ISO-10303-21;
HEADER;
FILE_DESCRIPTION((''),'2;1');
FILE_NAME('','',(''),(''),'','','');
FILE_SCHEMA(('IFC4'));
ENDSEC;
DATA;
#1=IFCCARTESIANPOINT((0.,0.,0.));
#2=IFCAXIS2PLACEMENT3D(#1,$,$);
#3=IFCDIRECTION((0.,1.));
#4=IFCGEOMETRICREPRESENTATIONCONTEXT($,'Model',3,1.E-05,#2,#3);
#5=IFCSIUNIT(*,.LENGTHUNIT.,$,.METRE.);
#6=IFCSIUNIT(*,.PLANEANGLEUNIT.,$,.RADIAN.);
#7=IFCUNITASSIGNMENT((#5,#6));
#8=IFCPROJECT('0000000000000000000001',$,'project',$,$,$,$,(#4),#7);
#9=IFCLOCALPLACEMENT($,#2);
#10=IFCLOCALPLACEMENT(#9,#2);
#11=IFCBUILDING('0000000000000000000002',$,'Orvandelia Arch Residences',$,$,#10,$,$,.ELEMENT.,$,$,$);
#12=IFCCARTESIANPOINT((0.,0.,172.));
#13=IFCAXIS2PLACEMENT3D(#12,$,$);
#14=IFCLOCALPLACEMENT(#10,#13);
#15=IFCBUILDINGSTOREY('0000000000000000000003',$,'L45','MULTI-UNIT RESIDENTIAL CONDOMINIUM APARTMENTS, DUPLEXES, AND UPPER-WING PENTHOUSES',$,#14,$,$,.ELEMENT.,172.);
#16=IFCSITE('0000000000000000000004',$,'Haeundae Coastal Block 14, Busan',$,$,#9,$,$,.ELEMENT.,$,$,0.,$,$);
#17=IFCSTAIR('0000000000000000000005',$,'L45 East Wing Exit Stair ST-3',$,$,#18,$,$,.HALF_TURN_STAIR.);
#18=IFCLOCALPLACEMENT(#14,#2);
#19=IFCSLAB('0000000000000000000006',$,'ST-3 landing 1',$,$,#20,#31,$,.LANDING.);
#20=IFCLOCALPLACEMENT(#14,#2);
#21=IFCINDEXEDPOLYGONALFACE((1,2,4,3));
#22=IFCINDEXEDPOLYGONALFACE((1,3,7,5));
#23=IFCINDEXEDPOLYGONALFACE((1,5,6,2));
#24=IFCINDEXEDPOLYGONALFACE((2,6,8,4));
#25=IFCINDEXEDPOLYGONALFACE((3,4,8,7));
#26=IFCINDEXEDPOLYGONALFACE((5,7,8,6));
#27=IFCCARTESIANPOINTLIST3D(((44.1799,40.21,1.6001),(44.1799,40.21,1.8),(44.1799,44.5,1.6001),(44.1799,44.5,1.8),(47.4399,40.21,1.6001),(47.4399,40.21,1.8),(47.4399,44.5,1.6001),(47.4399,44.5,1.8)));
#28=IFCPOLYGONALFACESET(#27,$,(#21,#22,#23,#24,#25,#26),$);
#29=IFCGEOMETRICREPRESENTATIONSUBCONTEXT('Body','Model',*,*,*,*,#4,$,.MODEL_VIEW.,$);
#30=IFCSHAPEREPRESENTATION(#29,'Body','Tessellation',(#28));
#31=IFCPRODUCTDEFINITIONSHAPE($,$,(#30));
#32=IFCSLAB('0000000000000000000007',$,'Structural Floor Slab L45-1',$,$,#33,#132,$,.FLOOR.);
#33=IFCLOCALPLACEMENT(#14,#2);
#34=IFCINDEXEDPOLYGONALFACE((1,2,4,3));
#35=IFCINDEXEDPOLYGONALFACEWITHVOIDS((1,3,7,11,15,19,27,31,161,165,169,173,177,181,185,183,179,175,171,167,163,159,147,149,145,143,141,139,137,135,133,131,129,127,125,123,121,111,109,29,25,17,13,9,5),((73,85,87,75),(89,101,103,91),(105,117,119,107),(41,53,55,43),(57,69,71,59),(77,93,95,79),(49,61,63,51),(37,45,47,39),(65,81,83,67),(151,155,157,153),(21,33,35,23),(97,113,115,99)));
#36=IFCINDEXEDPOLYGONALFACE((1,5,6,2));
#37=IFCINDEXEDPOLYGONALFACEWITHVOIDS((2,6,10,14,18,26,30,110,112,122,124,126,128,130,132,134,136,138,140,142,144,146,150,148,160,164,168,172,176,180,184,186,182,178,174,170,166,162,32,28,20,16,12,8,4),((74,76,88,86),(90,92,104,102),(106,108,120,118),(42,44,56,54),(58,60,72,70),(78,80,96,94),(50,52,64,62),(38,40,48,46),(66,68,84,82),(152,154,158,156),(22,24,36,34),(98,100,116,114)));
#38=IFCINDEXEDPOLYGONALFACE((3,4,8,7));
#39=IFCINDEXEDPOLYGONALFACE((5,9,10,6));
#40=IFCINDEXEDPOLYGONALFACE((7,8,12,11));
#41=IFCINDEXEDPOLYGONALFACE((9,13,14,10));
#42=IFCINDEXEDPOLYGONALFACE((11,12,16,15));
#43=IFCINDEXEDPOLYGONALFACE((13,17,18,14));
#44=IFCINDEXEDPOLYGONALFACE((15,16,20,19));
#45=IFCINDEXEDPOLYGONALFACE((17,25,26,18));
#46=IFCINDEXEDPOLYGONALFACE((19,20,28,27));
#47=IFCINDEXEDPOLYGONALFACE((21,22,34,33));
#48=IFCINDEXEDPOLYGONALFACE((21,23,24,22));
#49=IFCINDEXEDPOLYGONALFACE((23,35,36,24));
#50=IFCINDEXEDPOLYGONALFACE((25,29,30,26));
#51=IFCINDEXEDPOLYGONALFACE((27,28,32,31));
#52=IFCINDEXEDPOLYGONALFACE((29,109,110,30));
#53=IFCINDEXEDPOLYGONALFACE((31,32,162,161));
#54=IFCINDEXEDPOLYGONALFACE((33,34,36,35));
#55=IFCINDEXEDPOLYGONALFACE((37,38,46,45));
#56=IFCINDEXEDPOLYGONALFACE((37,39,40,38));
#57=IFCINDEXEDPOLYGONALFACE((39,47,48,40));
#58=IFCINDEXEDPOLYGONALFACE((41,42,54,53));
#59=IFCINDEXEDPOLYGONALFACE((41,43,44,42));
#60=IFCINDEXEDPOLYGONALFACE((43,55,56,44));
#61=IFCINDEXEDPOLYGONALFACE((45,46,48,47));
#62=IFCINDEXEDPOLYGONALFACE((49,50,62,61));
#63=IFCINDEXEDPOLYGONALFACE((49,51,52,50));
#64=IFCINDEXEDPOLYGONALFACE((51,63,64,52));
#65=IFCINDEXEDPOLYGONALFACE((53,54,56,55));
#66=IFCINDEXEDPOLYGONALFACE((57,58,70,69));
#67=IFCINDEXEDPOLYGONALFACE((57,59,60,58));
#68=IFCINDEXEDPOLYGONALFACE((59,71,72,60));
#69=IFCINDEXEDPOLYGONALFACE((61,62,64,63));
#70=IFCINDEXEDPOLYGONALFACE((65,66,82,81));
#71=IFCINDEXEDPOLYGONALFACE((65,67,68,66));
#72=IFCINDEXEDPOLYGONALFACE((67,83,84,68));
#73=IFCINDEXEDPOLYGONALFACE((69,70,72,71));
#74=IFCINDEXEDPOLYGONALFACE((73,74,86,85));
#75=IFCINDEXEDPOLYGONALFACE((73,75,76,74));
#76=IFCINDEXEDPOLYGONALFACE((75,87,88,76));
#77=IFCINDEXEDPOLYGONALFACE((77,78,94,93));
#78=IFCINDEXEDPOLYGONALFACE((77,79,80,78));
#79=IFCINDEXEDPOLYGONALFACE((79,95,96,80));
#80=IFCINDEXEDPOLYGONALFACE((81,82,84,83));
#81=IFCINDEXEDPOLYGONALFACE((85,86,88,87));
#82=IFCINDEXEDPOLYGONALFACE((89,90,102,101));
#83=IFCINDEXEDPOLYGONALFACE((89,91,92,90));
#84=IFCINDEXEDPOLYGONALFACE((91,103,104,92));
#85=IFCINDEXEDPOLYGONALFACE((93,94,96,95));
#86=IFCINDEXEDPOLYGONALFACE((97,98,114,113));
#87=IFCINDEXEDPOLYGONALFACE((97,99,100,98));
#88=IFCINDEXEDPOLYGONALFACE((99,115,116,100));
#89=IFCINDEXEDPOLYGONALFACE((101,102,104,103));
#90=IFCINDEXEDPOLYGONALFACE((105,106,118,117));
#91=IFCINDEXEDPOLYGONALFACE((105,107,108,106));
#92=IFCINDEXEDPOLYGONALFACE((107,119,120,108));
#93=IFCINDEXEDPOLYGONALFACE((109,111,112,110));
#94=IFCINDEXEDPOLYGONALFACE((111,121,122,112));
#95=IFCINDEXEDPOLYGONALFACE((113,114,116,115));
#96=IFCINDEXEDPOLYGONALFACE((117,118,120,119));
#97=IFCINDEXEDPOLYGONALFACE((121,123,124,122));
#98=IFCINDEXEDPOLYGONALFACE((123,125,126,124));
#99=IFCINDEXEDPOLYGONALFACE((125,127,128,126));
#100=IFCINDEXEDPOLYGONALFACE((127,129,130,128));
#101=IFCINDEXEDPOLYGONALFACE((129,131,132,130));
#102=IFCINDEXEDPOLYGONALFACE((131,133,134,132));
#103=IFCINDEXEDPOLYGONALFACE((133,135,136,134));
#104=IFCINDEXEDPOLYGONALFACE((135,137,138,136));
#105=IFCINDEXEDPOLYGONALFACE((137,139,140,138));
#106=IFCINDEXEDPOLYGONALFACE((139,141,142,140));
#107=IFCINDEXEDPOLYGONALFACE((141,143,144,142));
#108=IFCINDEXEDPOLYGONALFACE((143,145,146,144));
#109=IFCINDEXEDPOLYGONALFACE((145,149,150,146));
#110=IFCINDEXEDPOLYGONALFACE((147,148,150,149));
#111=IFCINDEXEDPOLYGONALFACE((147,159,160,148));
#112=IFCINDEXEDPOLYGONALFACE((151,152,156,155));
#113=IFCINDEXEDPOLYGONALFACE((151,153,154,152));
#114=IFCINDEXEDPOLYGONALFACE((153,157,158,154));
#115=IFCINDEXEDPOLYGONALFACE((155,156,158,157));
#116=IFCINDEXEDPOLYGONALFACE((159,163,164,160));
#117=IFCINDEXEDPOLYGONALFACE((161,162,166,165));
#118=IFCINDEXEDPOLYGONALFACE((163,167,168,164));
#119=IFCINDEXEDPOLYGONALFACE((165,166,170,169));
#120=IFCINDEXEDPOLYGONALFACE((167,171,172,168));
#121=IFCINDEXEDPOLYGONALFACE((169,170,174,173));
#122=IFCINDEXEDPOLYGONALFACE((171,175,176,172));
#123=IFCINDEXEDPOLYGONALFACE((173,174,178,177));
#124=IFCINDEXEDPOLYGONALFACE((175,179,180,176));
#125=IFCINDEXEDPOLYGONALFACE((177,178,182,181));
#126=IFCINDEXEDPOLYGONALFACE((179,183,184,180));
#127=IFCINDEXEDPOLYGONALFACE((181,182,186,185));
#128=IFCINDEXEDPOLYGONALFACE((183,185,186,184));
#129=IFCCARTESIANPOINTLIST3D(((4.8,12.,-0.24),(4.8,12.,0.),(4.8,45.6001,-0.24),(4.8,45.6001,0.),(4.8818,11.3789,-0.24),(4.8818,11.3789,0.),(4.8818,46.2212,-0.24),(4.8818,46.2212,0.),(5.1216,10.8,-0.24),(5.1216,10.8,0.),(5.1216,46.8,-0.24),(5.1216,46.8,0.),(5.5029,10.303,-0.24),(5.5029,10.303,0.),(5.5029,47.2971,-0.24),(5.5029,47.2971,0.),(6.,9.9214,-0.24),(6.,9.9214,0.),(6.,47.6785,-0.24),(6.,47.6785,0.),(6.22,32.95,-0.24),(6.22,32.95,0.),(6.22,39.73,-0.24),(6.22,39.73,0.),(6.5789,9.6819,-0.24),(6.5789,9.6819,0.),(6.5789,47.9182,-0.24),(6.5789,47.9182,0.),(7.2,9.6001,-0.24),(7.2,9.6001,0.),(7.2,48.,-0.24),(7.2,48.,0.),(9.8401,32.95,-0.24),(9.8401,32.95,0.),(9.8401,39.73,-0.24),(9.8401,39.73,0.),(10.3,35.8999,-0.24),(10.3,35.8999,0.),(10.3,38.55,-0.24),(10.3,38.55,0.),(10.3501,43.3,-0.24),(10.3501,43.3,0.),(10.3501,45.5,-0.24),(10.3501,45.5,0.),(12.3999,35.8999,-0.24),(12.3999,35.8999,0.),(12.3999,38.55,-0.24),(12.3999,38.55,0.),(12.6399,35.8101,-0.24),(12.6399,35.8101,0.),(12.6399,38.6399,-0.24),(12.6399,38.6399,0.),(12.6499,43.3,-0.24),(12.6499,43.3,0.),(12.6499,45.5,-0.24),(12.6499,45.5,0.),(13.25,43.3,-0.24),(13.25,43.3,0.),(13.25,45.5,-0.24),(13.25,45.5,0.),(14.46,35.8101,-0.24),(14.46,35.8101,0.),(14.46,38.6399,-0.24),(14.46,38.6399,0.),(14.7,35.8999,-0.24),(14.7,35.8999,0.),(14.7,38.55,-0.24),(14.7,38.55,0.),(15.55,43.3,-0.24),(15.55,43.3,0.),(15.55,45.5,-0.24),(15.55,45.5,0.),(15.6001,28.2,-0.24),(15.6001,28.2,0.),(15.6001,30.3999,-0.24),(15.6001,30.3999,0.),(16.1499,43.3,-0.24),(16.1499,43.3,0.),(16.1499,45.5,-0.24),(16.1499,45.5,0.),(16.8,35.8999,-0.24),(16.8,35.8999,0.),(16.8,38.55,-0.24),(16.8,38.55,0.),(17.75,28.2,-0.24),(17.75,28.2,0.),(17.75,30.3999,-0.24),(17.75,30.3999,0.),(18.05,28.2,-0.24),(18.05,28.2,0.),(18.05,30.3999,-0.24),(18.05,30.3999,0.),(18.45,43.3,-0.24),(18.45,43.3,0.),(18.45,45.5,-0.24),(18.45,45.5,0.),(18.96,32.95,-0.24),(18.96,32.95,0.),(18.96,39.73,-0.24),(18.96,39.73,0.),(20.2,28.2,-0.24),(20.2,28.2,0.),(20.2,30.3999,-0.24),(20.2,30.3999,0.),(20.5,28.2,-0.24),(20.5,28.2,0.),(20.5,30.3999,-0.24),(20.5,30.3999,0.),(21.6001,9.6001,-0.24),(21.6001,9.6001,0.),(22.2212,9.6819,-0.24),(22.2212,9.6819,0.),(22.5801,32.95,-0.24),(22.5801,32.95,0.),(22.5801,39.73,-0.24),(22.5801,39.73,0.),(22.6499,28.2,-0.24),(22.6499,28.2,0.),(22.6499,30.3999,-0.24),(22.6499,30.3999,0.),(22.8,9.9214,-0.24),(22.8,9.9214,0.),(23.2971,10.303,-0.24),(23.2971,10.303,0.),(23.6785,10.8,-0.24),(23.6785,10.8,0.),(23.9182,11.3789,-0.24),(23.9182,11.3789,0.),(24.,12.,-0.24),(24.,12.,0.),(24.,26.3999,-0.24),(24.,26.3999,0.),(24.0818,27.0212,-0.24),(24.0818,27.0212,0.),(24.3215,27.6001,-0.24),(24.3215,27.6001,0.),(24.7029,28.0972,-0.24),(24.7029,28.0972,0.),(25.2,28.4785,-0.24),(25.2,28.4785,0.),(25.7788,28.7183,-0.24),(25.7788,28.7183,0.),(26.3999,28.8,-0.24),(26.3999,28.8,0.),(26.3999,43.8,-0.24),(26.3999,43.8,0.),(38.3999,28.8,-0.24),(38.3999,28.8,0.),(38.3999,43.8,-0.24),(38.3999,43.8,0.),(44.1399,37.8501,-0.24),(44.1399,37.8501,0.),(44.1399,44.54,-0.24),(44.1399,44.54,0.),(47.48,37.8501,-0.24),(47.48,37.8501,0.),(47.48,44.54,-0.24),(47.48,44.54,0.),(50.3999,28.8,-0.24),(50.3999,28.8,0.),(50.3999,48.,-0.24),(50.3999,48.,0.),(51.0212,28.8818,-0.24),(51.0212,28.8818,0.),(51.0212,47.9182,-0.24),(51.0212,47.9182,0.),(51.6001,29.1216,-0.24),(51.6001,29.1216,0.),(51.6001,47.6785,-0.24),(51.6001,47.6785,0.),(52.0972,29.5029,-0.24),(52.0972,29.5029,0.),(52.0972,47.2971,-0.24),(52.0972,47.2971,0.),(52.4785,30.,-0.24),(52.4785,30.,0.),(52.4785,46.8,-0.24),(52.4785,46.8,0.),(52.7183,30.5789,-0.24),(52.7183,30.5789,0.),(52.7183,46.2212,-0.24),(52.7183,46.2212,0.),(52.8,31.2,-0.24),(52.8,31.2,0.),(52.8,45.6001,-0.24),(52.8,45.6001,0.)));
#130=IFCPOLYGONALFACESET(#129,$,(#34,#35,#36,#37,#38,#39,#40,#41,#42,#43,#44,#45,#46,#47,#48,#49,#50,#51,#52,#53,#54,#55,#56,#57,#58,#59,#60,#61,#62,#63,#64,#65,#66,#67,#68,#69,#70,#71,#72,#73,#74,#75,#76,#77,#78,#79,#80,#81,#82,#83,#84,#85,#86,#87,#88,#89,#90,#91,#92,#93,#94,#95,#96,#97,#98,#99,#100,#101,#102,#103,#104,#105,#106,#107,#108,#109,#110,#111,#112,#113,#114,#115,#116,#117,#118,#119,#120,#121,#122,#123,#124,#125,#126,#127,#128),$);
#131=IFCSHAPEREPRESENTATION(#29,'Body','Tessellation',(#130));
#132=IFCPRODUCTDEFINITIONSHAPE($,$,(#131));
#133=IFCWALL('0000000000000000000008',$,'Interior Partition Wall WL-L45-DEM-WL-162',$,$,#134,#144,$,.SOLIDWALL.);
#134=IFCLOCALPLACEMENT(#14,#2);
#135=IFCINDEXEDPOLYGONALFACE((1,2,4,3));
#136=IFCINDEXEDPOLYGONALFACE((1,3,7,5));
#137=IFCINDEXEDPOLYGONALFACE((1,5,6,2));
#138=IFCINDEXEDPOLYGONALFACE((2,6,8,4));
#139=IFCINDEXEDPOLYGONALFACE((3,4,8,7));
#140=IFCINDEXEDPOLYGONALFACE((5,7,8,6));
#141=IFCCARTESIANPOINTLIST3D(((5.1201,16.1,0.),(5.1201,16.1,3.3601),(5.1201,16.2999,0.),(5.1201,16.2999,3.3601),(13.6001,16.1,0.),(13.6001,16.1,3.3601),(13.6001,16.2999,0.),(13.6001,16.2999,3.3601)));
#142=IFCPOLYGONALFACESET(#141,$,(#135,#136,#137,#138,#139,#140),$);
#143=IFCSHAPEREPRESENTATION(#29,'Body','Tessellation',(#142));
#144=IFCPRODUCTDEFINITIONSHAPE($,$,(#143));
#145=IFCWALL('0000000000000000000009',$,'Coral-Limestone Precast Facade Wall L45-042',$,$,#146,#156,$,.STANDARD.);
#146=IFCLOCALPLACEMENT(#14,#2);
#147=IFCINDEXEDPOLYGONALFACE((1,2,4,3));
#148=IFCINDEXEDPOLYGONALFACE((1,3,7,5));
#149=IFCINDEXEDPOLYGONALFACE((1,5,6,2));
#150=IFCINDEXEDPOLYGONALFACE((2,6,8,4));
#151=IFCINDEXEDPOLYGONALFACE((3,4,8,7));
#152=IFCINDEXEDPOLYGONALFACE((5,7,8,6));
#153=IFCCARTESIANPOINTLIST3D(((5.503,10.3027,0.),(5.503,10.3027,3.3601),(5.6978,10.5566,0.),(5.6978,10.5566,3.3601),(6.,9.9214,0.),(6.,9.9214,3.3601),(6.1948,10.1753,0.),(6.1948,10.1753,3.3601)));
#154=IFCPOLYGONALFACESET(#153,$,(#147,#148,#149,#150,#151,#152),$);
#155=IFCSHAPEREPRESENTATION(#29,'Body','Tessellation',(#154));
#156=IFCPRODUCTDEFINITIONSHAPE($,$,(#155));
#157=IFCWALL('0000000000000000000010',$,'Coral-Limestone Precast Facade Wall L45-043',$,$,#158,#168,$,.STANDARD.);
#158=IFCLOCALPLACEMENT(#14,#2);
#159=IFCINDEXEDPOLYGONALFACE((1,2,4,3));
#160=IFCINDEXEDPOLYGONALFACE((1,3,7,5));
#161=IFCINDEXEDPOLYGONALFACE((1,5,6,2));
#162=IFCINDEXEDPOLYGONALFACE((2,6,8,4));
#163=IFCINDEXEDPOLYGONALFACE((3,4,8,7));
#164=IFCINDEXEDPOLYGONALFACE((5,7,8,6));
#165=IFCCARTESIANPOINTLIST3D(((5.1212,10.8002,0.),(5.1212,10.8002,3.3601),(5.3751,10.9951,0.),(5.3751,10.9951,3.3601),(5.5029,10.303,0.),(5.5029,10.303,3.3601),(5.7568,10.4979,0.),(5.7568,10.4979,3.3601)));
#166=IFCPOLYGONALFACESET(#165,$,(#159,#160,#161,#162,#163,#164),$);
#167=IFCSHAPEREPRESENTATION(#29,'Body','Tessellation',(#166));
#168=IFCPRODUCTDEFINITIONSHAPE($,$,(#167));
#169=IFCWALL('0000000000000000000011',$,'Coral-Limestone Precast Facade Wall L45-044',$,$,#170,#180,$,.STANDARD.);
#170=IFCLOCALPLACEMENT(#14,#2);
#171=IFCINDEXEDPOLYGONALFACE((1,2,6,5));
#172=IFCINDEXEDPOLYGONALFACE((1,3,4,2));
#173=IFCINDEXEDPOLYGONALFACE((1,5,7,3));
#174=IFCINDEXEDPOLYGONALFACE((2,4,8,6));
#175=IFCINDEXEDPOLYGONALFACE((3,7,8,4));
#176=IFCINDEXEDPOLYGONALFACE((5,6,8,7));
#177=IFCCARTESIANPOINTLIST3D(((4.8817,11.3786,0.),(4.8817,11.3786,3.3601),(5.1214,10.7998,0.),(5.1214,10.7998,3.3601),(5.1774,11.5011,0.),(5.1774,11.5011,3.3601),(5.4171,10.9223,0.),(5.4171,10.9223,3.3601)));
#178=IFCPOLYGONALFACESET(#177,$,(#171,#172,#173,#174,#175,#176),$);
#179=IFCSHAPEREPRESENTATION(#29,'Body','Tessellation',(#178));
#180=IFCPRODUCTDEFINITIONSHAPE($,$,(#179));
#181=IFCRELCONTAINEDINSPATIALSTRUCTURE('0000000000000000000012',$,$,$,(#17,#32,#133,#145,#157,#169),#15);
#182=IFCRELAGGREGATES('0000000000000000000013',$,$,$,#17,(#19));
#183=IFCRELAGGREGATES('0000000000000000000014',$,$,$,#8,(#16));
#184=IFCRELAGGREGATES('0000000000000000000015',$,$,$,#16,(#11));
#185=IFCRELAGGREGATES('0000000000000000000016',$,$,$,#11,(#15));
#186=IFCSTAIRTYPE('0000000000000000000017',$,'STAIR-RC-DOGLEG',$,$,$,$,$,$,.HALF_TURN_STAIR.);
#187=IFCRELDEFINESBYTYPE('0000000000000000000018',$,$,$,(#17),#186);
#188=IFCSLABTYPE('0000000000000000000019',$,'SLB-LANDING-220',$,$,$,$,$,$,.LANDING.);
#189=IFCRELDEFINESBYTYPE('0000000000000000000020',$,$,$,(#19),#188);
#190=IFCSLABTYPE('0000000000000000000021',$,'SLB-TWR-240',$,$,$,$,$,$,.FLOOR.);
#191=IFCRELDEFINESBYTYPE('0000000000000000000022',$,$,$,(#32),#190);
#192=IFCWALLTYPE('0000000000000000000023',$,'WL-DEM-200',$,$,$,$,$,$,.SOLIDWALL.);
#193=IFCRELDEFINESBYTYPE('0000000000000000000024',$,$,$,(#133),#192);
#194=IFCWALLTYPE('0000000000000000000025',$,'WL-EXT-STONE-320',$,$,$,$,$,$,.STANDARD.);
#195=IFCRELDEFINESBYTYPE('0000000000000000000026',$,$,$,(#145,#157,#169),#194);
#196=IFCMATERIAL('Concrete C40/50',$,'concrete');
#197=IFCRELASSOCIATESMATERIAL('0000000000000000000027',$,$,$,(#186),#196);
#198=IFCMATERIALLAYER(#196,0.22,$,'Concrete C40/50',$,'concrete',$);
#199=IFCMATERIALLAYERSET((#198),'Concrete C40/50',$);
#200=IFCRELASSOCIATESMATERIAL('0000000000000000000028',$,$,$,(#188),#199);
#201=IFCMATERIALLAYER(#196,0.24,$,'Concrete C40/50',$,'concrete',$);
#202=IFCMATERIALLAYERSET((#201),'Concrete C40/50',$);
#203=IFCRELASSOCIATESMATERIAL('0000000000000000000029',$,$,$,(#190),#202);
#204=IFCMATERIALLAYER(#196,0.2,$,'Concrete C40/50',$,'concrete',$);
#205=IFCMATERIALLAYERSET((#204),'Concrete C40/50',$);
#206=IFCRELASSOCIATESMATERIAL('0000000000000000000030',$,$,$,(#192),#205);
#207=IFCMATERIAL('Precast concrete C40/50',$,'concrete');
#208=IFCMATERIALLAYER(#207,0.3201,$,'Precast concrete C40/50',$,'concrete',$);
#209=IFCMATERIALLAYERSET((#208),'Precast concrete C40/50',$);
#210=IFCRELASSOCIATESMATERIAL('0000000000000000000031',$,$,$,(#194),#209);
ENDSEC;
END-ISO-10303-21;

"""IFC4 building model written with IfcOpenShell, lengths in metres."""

from ifc_helpers import new_model, si_unit, direction, frame, frame_2d, origin, place, context, subcontext, project, spatial, polyline, rectangle, outline, extrude, material, layer, layer_set, type_object, element, aggregate, save


model = new_model("IFC4")

# Units and contexts
model_context = context("Model", 3, precision=1e-05, world=origin(), true_north=direction((0.0, 1.0)))
body_context = subcontext(model_context, "Body", "Model", "MODEL_VIEW")
ifc_project = project(units=[si_unit("LENGTHUNIT", "METRE"), si_unit("PLANEANGLEUNIT", "RADIAN")], contexts=[model_context])

# Site, building, storey
site_placement = place(None, origin())
site = spatial("IfcSite", under=ifc_project, at=site_placement, Name="Haeundae Coastal Block 14, Busan", CompositionType="ELEMENT", RefElevation=0.0)
building_placement = place(site_placement, origin())
building = spatial("IfcBuilding", under=site, at=building_placement, Name="Orvandelia Arch Residences", CompositionType="ELEMENT")
storey_placement = place(building_placement, frame((0.0, 0.0, 172.0)))
storey = spatial("IfcBuildingStorey", under=building, at=storey_placement, Name="L45", Description="MULTI-UNIT RESIDENTIAL CONDOMINIUM APARTMENTS, DUPLEXES, AND UPPER-WING PENTHOUSES", CompositionType="ELEMENT", Elevation=172.0)

# Shared definitions
ifc_material_1 = material(Name="Precast concrete C40/50", Category="concrete")

# Stair, slab
ifc_material_2 = material(Name="Concrete C40/50", Category="concrete")
stair_type = type_object("IfcStairType", Name="STAIR-RC-DOGLEG", PredefinedType="HALF_TURN_STAIR", material=ifc_material_2)
ifc_layer_1 = layer(ifc_material_2, 0.22, Name="Concrete C40/50", Category="concrete")
ifc_layer_set_1 = layer_set([ifc_layer_1], Name="Concrete C40/50")
slab_type_1 = type_object("IfcSlabType", Name="SLB-LANDING-220", PredefinedType="LANDING", material=ifc_layer_set_1)
stair_1_placement = place(storey_placement, origin())
stair_1 = element("IfcStair", 1, at=stair_1_placement, inside=storey, type_object=stair_type, Name="L45 East Wing Exit Stair ST-3", PredefinedType="HALF_TURN_STAIR")
slab_1_placement = place(storey_placement, frame((0.0, 0.0, 1.6001)))
slab_1 = element("IfcSlab", 2, at=slab_1_placement, type_object=slab_type_1, Name="ST-3 landing 1", PredefinedType="LANDING", context=body_context, shape_type="SweptSolid", body=[
    extrude(outline(polyline([(47.4399, 40.21), (47.4399, 44.5), (44.1799, 44.5), (44.1799, 40.21), (47.4399, 40.21)])), origin(), (0.0, 0.0, 1.0), 0.2),
])
aggregate(stair_1, [slab_1])

# Slab
ifc_layer_2 = layer(ifc_material_2, 0.24, Name="Concrete C40/50", Category="concrete")
ifc_layer_set_2 = layer_set([ifc_layer_2], Name="Concrete C40/50")
slab_type_2 = type_object("IfcSlabType", Name="SLB-TWR-240", PredefinedType="FLOOR", material=ifc_layer_set_2)
slab_2_placement = place(storey_placement, frame((0.0, 0.0, -0.24)))
element("IfcSlab", 3, at=slab_2_placement, inside=storey, type_object=slab_type_2, Name="Structural Floor Slab L45-1", PredefinedType="FLOOR", context=body_context, shape_type="SweptSolid", body=[
    extrude(outline(polyline([(4.8, 12.0), (4.8818, 11.3789), (5.1216, 10.8), (5.5029, 10.303), (6.0, 9.9214), (6.5789, 9.6819), (7.2, 9.6001), (21.6001, 9.6001), (22.2212, 9.6819), (22.8, 9.9214), (23.2971, 10.303), (23.6785, 10.8), (23.9182, 11.3789), (24.0, 12.0), (24.0, 26.3999), (24.0818, 27.0212), (24.3215, 27.6001), (24.7029, 28.0972), (25.2, 28.4785), (25.7788, 28.7183), (26.3999, 28.8), (26.3999, 43.8), (38.3999, 43.8), (38.3999, 28.8), (50.3999, 28.8), (51.0212, 28.8818), (51.6001, 29.1216), (52.0972, 29.5029), (52.4785, 30.0), (52.7183, 30.5789), (52.8, 31.2), (52.8, 45.6001), (52.7183, 46.2212), (52.4785, 46.8), (52.0972, 47.2971), (51.6001, 47.6785), (51.0212, 47.9182), (50.3999, 48.0), (7.2, 48.0), (6.5789, 47.9182), (6.0, 47.6785), (5.5029, 47.2971), (5.1216, 46.8), (4.8818, 46.2212), (4.8, 45.6001), (4.8, 12.0)]), holes=[polyline([(6.22, 32.95), (9.8401, 32.95), (9.8401, 39.73), (6.22, 39.73), (6.22, 32.95)]), polyline([(18.96, 32.95), (22.5801, 32.95), (22.5801, 39.73), (18.96, 39.73), (18.96, 32.95)]), polyline([(44.1399, 37.8501), (47.48, 37.8501), (47.48, 44.54), (44.1399, 44.54), (44.1399, 37.8501)]), polyline([(12.6399, 35.8101), (14.46, 35.8101), (14.46, 38.6399), (12.6399, 38.6399), (12.6399, 35.8101)]), polyline([(10.3, 35.8999), (12.3999, 35.8999), (12.3999, 38.55), (10.3, 38.55), (10.3, 35.8999)]), polyline([(14.7, 35.8999), (16.8, 35.8999), (16.8, 38.55), (14.7, 38.55), (14.7, 35.8999)]), polyline([(10.3501, 43.3), (12.6499, 43.3), (12.6499, 45.5), (10.3501, 45.5), (10.3501, 43.3)]), polyline([(13.25, 43.3), (15.55, 43.3), (15.55, 45.5), (13.25, 45.5), (13.25, 43.3)]), polyline([(16.1499, 43.3), (18.45, 43.3), (18.45, 45.5), (16.1499, 45.5), (16.1499, 43.3)]), polyline([(15.6001, 28.2), (17.75, 28.2), (17.75, 30.3999), (15.6001, 30.3999), (15.6001, 28.2)]), polyline([(18.05, 28.2), (20.2, 28.2), (20.2, 30.3999), (18.05, 30.3999), (18.05, 28.2)]), polyline([(20.5, 28.2), (22.6499, 28.2), (22.6499, 30.3999), (20.5, 30.3999), (20.5, 28.2)])]), origin(), (0.0, 0.0, 1.0), 0.24),
])

# Walls
ifc_layer_3 = layer(ifc_material_2, 0.2, Name="Concrete C40/50", Category="concrete")
ifc_layer_set_3 = layer_set([ifc_layer_3], Name="Concrete C40/50")
wall_type_1 = type_object("IfcWallType", Name="WL-DEM-200", PredefinedType="SOLIDWALL", material=ifc_layer_set_3)
wall_1_placement = place(storey_placement, frame((5.1201, 16.2, 0.0), z_axis=(0.0, 0.0, 1.0), x_axis=(1.0, 0.0, 0.0)))
element("IfcWall", 4, at=wall_1_placement, inside=storey, type_object=wall_type_1, Name="Interior Partition Wall WL-L45-DEM-WL-162", PredefinedType="SOLIDWALL", context=body_context, shape_type="SweptSolid", body=[
    extrude(rectangle(XDim=8.48, YDim=0.2, at=frame_2d((4.24, 0.0))), origin(), (0.0, 0.0, 1.0), 3.3601),
])
ifc_layer_4 = layer(ifc_material_1, 0.3201, Name="Precast concrete C40/50", Category="concrete")
ifc_layer_set_4 = layer_set([ifc_layer_4], Name="Precast concrete C40/50")
wall_type_2 = type_object("IfcWallType", Name="WL-EXT-STONE-320", PredefinedType="STANDARD", material=ifc_layer_set_4)
wall_2_placement = place(storey_placement, frame((6.0974, 10.0483, 0.0), z_axis=(0.0, 0.0, 1.0), x_axis=(-0.793406, 0.608693, 0.0)))
element("IfcWall", 5, at=wall_2_placement, inside=storey, type_object=wall_type_2, Name="Coral-Limestone Precast Facade Wall L45-042", PredefinedType="STANDARD", context=body_context, shape_type="SweptSolid", body=[
    extrude(rectangle(XDim=0.6265, YDim=0.3201, at=frame_2d((0.3132, 0.0))), origin(), (0.0, 0.0, 1.0), 3.3601),
])
wall_3_placement = place(storey_placement, frame((5.6299, 10.4004, 0.0), z_axis=(0.0, 0.0, 1.0), x_axis=(-0.608939, 0.793217, 0.0)))
element("IfcWall", 6, at=wall_3_placement, inside=storey, type_object=wall_type_2, Name="Coral-Limestone Precast Facade Wall L45-043", PredefinedType="STANDARD", context=body_context, shape_type="SweptSolid", body=[
    extrude(rectangle(XDim=0.6267, YDim=0.3201, at=frame_2d((0.3135, 0.0))), origin(), (0.0, 0.0, 1.0), 3.3601),
])
wall_4_placement = place(storey_placement, frame((5.2693, 10.8611, 0.0), z_axis=(0.0, 0.0, 1.0), x_axis=(-0.38265, 0.923893, 0.0)))
element("IfcWall", 7, at=wall_4_placement, inside=storey, type_object=wall_type_2, Name="Coral-Limestone Precast Facade Wall L45-044", PredefinedType="STANDARD", context=body_context, shape_type="SweptSolid", body=[
    extrude(rectangle(XDim=0.6265, YDim=0.3201, at=frame_2d((0.3132, 0.0))), origin(), (0.0, 0.0, 1.0), 3.3601),
])

save(model, "model.ifc")
